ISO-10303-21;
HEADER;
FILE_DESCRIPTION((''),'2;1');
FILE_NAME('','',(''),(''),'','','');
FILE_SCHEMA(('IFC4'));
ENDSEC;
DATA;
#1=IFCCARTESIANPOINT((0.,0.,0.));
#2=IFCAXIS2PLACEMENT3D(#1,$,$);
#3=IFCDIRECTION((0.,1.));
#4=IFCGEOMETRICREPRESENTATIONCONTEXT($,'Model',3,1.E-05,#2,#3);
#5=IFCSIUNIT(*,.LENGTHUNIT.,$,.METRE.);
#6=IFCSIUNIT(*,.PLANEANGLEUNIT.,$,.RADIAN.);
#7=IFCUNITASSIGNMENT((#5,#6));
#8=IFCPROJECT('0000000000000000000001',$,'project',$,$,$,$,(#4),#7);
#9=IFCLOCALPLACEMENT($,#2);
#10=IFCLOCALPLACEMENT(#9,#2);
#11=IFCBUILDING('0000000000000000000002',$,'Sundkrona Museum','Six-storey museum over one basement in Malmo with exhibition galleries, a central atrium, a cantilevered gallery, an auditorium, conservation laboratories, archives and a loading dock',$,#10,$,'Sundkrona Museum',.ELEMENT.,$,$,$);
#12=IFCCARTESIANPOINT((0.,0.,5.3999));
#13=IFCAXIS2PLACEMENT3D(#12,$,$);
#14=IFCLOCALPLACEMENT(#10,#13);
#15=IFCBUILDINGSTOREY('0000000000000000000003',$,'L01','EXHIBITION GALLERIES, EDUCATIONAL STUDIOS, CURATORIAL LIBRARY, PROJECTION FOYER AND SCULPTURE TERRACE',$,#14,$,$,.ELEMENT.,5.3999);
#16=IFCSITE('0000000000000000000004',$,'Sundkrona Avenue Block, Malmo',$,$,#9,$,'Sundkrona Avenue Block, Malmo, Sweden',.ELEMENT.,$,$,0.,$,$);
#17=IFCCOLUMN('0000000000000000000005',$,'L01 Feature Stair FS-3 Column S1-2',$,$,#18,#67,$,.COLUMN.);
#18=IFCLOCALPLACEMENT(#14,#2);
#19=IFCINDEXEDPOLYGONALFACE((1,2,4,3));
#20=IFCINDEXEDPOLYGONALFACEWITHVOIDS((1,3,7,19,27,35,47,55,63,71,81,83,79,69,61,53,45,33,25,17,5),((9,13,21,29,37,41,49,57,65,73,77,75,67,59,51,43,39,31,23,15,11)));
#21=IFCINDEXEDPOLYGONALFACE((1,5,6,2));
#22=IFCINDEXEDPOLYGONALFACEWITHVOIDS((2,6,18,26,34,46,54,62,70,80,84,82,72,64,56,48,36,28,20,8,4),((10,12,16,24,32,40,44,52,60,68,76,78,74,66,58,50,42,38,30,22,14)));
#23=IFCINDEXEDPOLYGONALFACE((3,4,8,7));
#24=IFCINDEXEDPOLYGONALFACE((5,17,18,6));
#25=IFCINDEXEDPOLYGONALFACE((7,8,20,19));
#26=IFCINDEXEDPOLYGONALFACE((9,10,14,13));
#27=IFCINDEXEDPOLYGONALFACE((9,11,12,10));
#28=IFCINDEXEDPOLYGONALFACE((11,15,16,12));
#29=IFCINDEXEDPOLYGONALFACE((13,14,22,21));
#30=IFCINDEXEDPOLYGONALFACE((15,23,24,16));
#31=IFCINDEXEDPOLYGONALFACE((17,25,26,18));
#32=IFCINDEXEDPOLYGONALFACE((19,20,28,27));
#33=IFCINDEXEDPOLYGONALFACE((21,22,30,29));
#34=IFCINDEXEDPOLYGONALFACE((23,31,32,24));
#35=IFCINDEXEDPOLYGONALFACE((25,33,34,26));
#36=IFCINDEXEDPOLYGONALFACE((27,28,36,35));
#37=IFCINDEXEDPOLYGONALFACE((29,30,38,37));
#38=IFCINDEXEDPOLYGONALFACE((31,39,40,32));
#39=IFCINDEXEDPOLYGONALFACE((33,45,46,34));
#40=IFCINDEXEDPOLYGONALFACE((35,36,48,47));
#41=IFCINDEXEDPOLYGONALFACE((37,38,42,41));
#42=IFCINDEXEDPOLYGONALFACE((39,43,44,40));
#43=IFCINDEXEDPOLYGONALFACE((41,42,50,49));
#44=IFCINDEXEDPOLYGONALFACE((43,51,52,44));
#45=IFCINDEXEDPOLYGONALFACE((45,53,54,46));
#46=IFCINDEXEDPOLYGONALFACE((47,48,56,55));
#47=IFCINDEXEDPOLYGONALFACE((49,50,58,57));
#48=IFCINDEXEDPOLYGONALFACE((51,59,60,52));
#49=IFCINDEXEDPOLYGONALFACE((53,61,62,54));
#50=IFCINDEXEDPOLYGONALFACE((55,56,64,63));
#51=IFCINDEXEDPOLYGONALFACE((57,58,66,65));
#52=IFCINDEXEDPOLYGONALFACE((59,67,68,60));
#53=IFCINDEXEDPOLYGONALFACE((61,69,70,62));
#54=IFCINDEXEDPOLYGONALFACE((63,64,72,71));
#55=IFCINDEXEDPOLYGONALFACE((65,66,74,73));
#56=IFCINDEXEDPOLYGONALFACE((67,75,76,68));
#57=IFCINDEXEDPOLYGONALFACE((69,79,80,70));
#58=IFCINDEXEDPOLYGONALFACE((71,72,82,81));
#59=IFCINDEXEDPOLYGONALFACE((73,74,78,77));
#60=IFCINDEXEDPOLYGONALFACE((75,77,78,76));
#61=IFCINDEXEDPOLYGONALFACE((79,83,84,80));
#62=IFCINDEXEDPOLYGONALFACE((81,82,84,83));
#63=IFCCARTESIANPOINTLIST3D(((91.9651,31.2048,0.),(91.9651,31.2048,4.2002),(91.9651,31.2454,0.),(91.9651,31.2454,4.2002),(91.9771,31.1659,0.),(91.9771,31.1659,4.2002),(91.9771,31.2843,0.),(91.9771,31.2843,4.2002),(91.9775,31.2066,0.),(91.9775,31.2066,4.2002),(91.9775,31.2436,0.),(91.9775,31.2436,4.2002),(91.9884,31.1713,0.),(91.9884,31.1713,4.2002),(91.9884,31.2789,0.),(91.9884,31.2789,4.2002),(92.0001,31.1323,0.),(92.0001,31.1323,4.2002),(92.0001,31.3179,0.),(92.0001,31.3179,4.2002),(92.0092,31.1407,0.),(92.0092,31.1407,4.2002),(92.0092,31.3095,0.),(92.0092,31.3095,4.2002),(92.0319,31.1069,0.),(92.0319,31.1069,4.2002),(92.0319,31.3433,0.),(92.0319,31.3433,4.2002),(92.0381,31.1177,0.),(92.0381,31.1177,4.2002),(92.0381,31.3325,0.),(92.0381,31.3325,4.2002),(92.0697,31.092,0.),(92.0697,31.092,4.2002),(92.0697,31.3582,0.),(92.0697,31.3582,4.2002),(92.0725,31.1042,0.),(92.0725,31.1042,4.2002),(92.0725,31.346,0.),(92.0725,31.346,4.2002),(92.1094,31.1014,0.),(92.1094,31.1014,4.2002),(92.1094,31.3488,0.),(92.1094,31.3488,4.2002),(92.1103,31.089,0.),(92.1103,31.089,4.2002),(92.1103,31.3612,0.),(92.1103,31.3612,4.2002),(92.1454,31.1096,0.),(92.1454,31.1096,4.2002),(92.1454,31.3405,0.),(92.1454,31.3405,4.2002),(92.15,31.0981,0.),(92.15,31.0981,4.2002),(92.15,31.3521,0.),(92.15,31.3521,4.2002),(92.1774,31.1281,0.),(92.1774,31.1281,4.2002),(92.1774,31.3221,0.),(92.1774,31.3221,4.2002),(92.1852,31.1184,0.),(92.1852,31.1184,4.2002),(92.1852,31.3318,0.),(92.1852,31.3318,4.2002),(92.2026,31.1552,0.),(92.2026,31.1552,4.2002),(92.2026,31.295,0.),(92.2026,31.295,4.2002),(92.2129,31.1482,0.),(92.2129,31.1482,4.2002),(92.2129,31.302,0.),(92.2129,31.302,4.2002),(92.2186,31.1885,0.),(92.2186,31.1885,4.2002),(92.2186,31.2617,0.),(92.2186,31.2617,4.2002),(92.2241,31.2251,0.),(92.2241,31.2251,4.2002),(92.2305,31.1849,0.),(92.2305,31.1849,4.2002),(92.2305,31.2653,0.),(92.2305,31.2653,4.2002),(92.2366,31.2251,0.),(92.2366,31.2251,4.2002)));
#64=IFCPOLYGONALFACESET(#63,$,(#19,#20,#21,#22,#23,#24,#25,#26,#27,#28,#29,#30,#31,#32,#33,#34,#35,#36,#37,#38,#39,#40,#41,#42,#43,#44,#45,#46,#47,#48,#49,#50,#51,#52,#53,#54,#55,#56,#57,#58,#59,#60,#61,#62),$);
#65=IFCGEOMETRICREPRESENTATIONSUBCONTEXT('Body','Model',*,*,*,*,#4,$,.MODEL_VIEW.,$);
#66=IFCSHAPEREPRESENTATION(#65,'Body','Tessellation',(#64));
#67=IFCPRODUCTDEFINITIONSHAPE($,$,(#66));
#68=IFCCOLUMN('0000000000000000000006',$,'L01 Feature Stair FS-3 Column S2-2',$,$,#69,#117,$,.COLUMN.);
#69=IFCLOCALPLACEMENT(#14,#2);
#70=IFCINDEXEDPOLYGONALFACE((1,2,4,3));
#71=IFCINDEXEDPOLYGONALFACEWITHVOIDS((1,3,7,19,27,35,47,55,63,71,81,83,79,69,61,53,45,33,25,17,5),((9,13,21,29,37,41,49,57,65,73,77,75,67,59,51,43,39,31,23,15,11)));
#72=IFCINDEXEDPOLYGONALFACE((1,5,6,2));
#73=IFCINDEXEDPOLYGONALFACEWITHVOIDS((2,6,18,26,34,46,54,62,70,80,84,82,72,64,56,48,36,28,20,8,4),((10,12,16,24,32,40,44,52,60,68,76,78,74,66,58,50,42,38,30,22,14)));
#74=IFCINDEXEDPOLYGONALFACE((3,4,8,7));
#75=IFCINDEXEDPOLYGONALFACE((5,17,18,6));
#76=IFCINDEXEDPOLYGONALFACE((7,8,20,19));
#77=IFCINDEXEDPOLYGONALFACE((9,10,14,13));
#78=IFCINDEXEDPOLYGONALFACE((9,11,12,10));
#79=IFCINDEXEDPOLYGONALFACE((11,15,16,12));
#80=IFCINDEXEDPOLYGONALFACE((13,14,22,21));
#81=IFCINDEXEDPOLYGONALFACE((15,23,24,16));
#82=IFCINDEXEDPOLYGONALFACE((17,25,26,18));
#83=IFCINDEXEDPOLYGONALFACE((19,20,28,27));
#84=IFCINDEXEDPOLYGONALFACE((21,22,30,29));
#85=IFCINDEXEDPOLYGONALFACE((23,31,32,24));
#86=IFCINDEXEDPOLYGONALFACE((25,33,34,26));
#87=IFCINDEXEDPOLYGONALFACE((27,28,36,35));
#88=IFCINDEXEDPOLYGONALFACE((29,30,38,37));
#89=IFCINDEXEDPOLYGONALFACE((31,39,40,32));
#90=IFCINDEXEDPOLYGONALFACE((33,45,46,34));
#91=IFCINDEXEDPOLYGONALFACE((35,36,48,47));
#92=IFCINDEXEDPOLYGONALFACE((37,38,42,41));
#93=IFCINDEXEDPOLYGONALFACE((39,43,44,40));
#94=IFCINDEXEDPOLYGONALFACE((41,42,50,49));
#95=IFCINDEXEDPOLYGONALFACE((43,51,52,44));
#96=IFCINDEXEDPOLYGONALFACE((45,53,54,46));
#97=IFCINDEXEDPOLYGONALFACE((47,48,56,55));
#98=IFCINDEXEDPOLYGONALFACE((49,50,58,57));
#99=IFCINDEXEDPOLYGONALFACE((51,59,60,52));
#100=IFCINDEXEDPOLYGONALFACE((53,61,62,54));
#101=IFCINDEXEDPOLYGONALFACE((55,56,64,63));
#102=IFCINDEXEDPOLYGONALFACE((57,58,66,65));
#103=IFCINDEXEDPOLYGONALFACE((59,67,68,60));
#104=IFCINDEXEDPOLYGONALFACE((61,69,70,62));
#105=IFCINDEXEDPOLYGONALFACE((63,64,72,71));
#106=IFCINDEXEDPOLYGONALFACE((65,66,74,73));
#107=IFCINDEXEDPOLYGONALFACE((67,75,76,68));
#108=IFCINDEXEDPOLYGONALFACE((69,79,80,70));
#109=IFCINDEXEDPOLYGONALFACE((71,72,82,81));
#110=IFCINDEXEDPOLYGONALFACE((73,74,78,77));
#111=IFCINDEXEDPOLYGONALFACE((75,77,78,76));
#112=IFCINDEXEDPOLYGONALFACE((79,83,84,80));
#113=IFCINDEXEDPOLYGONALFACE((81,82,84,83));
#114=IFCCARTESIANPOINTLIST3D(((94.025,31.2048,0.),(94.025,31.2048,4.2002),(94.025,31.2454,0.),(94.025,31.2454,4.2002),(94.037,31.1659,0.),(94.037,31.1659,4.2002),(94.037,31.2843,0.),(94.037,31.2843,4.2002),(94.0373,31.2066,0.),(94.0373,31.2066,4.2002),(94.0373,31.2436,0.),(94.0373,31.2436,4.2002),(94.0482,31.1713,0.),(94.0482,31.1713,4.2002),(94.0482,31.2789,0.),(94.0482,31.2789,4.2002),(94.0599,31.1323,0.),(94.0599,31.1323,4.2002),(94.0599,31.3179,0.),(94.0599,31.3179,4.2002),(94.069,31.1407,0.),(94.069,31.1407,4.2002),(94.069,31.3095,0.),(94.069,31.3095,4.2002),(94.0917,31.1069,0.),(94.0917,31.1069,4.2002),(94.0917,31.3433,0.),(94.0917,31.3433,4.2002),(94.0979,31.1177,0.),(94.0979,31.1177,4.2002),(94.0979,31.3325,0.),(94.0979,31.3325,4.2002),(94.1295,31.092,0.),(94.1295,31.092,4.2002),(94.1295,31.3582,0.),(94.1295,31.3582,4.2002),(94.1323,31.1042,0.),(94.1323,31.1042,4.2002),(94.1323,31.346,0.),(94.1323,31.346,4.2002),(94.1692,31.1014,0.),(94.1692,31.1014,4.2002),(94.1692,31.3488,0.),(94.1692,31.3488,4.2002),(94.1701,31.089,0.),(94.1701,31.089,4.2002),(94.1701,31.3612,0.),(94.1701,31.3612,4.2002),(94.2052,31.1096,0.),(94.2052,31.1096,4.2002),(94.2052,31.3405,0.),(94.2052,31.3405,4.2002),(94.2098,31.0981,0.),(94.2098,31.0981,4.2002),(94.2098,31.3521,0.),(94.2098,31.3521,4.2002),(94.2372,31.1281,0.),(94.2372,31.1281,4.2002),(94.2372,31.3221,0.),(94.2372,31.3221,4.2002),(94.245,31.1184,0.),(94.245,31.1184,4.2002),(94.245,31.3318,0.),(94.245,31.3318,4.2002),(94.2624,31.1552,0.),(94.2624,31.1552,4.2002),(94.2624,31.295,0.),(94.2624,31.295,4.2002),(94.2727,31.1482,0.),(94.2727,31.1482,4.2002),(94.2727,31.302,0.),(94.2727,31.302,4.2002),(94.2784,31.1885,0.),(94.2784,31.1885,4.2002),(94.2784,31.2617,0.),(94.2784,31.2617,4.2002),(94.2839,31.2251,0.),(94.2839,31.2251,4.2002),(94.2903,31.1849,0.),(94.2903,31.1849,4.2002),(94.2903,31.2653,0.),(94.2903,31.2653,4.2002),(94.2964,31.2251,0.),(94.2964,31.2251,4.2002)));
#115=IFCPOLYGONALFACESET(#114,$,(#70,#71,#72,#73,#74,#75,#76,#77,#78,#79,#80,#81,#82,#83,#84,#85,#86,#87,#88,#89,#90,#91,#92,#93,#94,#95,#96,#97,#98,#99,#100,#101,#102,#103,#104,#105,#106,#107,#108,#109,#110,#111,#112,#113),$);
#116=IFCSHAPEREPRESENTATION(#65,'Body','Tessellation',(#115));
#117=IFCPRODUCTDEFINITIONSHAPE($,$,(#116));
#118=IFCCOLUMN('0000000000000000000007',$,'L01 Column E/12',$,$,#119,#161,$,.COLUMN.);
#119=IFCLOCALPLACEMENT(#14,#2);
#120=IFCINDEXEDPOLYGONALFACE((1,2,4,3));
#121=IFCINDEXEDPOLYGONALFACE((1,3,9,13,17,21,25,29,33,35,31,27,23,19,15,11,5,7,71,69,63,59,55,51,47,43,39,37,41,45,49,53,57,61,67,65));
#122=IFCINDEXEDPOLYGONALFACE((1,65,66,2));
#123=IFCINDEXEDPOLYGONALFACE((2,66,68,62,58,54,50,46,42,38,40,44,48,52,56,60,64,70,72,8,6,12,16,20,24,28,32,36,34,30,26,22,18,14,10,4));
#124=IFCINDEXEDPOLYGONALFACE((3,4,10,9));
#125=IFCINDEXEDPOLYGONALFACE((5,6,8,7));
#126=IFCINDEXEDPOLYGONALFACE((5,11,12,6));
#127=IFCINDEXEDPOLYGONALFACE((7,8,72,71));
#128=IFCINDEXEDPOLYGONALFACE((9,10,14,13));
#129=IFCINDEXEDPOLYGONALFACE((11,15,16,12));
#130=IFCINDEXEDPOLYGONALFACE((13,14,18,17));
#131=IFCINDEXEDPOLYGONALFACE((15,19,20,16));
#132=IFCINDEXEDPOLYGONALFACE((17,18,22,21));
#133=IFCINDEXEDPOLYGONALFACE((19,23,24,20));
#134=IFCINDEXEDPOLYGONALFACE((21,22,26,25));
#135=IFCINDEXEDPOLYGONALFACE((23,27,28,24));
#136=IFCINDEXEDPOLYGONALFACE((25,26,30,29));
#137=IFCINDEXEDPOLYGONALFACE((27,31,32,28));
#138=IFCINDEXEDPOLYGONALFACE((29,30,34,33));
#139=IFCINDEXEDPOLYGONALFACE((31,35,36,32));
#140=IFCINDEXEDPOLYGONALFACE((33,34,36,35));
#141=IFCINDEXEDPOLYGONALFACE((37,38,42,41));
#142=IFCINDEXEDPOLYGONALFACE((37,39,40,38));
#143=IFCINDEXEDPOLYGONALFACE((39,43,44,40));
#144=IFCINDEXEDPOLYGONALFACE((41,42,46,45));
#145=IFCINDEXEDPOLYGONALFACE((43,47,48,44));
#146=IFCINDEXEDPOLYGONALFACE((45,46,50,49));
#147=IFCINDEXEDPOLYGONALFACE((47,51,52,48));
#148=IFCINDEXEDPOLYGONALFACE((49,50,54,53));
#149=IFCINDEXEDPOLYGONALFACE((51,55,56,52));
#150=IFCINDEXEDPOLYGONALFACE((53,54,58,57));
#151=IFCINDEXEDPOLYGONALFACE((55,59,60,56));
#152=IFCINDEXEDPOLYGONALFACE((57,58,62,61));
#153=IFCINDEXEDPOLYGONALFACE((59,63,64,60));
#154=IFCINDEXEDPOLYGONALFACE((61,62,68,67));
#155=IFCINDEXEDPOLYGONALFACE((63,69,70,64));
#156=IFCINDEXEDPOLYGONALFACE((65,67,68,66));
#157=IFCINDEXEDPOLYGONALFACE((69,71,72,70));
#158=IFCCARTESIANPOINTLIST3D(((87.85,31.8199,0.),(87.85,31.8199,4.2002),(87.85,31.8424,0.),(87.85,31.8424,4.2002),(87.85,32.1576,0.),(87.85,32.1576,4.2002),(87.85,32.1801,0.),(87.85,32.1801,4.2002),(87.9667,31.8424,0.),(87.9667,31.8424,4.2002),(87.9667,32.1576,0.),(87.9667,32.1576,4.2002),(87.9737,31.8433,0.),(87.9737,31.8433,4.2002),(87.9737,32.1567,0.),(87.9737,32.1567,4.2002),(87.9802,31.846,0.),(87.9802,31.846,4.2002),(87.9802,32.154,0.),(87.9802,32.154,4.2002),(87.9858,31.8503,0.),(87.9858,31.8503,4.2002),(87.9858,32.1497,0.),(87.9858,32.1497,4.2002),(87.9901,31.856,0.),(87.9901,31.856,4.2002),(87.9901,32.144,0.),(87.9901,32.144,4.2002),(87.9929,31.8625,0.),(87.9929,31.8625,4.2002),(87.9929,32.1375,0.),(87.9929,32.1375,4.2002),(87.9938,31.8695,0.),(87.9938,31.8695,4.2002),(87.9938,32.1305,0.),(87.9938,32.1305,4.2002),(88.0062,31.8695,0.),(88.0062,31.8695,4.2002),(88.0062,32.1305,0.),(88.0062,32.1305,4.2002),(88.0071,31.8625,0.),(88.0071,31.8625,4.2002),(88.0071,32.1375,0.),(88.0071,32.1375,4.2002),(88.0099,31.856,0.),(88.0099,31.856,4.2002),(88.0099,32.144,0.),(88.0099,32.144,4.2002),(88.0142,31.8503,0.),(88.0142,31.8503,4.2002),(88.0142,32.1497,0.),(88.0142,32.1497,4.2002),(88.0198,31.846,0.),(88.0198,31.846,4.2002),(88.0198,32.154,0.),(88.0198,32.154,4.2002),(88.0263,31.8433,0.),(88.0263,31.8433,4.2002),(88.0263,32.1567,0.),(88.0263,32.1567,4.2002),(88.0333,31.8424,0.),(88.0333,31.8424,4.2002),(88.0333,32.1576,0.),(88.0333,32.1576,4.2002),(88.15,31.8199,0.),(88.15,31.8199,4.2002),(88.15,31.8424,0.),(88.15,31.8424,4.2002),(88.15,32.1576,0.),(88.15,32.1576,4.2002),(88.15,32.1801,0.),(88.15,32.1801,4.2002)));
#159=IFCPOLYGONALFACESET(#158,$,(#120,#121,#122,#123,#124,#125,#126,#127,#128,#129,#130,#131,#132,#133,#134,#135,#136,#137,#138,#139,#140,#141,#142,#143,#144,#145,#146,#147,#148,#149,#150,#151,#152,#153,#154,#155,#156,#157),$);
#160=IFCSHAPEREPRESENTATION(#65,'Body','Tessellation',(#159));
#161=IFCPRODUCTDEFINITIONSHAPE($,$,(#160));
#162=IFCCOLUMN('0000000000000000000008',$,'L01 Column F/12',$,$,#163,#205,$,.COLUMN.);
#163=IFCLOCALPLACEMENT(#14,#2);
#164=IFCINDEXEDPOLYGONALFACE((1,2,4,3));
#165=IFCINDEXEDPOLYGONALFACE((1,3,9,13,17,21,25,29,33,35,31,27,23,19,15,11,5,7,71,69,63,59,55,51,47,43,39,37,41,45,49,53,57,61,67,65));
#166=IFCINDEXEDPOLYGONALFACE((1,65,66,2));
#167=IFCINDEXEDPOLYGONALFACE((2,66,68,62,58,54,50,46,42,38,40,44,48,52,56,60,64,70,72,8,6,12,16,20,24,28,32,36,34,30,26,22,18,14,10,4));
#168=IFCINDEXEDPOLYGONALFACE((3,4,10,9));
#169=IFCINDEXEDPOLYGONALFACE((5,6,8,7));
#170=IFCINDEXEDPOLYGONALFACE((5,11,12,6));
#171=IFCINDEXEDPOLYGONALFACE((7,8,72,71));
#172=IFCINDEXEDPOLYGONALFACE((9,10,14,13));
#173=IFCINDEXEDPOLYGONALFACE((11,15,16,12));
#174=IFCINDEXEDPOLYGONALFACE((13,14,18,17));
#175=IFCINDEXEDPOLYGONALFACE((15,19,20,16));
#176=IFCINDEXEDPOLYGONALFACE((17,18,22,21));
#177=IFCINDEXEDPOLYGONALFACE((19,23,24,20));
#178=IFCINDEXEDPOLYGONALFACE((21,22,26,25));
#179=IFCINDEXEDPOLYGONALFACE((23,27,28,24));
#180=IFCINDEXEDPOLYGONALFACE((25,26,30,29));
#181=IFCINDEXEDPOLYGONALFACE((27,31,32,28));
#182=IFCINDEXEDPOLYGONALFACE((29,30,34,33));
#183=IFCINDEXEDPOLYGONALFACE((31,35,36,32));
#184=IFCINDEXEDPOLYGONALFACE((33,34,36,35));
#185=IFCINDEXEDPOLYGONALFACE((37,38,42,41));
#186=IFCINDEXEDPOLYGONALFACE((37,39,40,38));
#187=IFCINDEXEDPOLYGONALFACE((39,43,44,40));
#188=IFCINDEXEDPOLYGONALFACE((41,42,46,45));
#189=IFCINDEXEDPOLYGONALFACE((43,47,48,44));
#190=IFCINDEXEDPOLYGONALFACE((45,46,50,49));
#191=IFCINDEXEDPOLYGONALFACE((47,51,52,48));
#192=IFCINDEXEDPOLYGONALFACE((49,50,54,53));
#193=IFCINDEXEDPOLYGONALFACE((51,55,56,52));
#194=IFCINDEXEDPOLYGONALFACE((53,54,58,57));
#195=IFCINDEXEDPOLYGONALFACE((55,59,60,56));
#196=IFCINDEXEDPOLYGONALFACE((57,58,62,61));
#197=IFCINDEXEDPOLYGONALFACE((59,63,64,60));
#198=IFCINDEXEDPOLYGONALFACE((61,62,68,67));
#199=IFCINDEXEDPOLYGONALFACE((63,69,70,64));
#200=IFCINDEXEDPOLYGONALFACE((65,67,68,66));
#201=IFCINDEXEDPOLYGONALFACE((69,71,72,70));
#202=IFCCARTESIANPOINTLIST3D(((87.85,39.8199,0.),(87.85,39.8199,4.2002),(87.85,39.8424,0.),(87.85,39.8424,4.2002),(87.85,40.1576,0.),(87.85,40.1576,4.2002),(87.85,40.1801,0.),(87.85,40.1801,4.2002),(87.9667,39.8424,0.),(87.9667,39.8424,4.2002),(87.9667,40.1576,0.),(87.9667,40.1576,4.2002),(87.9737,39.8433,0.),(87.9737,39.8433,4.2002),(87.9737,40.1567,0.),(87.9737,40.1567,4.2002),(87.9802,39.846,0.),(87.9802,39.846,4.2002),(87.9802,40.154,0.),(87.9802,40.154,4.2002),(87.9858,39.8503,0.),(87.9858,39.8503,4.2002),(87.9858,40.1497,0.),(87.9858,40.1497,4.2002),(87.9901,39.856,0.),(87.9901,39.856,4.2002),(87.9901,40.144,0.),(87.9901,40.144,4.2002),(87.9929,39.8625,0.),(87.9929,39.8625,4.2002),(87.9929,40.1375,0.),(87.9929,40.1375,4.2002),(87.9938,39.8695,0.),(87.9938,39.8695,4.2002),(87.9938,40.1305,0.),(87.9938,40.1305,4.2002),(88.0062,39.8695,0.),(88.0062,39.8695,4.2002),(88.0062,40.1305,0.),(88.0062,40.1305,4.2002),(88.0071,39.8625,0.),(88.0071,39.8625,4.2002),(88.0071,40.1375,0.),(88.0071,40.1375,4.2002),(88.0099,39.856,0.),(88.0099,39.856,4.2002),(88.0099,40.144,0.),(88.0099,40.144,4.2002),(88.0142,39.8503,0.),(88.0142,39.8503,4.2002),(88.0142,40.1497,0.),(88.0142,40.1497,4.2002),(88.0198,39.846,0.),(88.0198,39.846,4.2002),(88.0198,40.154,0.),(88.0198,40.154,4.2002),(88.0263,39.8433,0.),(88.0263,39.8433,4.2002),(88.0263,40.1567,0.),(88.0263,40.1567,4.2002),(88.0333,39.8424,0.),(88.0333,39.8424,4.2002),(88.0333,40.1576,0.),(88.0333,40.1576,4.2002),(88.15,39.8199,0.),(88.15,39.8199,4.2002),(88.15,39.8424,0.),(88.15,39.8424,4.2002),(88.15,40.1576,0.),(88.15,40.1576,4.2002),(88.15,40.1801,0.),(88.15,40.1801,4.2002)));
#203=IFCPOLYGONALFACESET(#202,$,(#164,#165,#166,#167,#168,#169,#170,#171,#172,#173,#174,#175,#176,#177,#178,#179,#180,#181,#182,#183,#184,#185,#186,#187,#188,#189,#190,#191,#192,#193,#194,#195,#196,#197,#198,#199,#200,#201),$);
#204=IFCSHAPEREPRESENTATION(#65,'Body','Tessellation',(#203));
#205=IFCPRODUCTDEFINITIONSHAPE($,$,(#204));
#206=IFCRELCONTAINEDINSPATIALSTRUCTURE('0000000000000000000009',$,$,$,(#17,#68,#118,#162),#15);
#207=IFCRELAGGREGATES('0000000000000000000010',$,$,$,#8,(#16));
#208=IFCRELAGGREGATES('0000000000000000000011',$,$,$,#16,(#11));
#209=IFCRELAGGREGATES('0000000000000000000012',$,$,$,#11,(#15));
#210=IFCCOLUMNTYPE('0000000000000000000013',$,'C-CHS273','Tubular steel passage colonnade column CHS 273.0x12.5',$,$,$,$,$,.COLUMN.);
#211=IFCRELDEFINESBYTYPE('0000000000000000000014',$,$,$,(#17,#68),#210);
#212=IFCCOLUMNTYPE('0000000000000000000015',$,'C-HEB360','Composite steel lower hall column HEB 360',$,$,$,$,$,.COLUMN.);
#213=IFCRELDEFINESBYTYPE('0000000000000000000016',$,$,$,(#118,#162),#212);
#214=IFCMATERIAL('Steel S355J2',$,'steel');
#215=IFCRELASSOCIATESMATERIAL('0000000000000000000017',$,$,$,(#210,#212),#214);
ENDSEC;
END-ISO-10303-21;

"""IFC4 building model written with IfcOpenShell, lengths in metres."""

from ifc_helpers import new_model, si_unit, direction, frame, origin, origin_2d, place, context, subcontext, project, spatial, hollow_circle, i_section, extrude, material, material_profile, profile_set, type_object, element, save


model = new_model("IFC4")

# Units and contexts
model_context = context("Model", 3, precision=1e-05, world=origin(), true_north=direction((0.0, 1.0)))
body_context = subcontext(model_context, "Body", "Model", "MODEL_VIEW")
ifc_project = project(units=[si_unit("LENGTHUNIT", "METRE"), si_unit("PLANEANGLEUNIT", "RADIAN")], contexts=[model_context])

# Site, building, storey
site_placement = place(None, origin())
site = spatial("IfcSite", under=ifc_project, at=site_placement, Name="Sundkrona Avenue Block, Malmo", LongName="Sundkrona Avenue Block, Malmo, Sweden", CompositionType="ELEMENT", RefElevation=0.0)
building_placement = place(site_placement, origin())
building = spatial("IfcBuilding", under=site, at=building_placement, Name="Sundkrona Museum", Description="Six-storey museum over one basement in Malmo with exhibition galleries, a central atrium, a cantilevered gallery, an auditorium, conservation laboratories, archives and a loading dock", LongName="Sundkrona Museum", CompositionType="ELEMENT")
storey_placement = place(building_placement, frame((0.0, 0.0, 5.3999)))
storey = spatial("IfcBuildingStorey", under=building, at=storey_placement, Name="L01", Description="EXHIBITION GALLERIES, EDUCATIONAL STUDIOS, CURATORIAL LIBRARY, PROJECTION FOYER AND SCULPTURE TERRACE", CompositionType="ELEMENT", Elevation=5.3999)

# Columns
ifc_material_1 = material(Name="Steel S355J2", Category="steel")
ifc_material_profile_1 = material_profile(ifc_material_1, hollow_circle(Radius=0.1365, WallThickness=0.0125, at=origin_2d()), Name="CHS 273.0x12.5")
ifc_profile_set_1 = profile_set([ifc_material_profile_1], Name="Steel S355J2")
column_type_1 = type_object("IfcColumnType", Name="C-CHS273", Description="Tubular steel passage colonnade column CHS 273.0x12.5", PredefinedType="COLUMN", material=ifc_profile_set_1)
for number, where, z_axis, x_axis, name in (
    (1, (92.1001, 31.2251, 0.0), (0.0, 0.0, 1.0), (1.0, 0.0, 0.0), "L01 Feature Stair FS-3 Column S1-2"),
    (2, (94.1599, 31.2251, 0.0), (0.0, 0.0, 1.0), (1.0, 0.0, 0.0), "L01 Feature Stair FS-3 Column S2-2"),
):
    element("IfcColumn", number, at=place(storey_placement, frame(where, z_axis=z_axis, x_axis=x_axis)), inside=storey, type_object=column_type_1, Name=name, PredefinedType="COLUMN", context=body_context, shape_type="SweptSolid", body=[
        extrude(hollow_circle(Radius=0.1365, WallThickness=0.0125, at=origin_2d()), origin(), (0.0, 0.0, 1.0), 4.2002),
    ])
ifc_material_profile_2 = material_profile(ifc_material_1, i_section(OverallWidth=0.3, OverallDepth=0.3601, WebThickness=0.0125, FlangeThickness=0.0225, FilletRadius=0.0271, at=origin_2d()), Name="HEB 360")
ifc_profile_set_2 = profile_set([ifc_material_profile_2], Name="Steel S355J2")
column_type_2 = type_object("IfcColumnType", Name="C-HEB360", Description="Composite steel lower hall column HEB 360", PredefinedType="COLUMN", material=ifc_profile_set_2)
for number, where, z_axis, x_axis, name in (
    (3, (88.0, 32.0, 0.0), (0.0, 0.0, 1.0), (1.0, 0.0, 0.0), "L01 Column E/12"),
    (4, (88.0, 40.0, 0.0), (0.0, 0.0, 1.0), (1.0, 0.0, 0.0), "L01 Column F/12"),
):
    element("IfcColumn", number, at=place(storey_placement, frame(where, z_axis=z_axis, x_axis=x_axis)), inside=storey, type_object=column_type_2, Name=name, PredefinedType="COLUMN", context=body_context, shape_type="SweptSolid", body=[
        extrude(i_section(OverallWidth=0.3, OverallDepth=0.3601, WebThickness=0.0125, FlangeThickness=0.0225, FilletRadius=0.0271, at=origin_2d()), origin(), (0.0, 0.0, 1.0), 4.2002),
    ])

save(model, "model.ifc")
